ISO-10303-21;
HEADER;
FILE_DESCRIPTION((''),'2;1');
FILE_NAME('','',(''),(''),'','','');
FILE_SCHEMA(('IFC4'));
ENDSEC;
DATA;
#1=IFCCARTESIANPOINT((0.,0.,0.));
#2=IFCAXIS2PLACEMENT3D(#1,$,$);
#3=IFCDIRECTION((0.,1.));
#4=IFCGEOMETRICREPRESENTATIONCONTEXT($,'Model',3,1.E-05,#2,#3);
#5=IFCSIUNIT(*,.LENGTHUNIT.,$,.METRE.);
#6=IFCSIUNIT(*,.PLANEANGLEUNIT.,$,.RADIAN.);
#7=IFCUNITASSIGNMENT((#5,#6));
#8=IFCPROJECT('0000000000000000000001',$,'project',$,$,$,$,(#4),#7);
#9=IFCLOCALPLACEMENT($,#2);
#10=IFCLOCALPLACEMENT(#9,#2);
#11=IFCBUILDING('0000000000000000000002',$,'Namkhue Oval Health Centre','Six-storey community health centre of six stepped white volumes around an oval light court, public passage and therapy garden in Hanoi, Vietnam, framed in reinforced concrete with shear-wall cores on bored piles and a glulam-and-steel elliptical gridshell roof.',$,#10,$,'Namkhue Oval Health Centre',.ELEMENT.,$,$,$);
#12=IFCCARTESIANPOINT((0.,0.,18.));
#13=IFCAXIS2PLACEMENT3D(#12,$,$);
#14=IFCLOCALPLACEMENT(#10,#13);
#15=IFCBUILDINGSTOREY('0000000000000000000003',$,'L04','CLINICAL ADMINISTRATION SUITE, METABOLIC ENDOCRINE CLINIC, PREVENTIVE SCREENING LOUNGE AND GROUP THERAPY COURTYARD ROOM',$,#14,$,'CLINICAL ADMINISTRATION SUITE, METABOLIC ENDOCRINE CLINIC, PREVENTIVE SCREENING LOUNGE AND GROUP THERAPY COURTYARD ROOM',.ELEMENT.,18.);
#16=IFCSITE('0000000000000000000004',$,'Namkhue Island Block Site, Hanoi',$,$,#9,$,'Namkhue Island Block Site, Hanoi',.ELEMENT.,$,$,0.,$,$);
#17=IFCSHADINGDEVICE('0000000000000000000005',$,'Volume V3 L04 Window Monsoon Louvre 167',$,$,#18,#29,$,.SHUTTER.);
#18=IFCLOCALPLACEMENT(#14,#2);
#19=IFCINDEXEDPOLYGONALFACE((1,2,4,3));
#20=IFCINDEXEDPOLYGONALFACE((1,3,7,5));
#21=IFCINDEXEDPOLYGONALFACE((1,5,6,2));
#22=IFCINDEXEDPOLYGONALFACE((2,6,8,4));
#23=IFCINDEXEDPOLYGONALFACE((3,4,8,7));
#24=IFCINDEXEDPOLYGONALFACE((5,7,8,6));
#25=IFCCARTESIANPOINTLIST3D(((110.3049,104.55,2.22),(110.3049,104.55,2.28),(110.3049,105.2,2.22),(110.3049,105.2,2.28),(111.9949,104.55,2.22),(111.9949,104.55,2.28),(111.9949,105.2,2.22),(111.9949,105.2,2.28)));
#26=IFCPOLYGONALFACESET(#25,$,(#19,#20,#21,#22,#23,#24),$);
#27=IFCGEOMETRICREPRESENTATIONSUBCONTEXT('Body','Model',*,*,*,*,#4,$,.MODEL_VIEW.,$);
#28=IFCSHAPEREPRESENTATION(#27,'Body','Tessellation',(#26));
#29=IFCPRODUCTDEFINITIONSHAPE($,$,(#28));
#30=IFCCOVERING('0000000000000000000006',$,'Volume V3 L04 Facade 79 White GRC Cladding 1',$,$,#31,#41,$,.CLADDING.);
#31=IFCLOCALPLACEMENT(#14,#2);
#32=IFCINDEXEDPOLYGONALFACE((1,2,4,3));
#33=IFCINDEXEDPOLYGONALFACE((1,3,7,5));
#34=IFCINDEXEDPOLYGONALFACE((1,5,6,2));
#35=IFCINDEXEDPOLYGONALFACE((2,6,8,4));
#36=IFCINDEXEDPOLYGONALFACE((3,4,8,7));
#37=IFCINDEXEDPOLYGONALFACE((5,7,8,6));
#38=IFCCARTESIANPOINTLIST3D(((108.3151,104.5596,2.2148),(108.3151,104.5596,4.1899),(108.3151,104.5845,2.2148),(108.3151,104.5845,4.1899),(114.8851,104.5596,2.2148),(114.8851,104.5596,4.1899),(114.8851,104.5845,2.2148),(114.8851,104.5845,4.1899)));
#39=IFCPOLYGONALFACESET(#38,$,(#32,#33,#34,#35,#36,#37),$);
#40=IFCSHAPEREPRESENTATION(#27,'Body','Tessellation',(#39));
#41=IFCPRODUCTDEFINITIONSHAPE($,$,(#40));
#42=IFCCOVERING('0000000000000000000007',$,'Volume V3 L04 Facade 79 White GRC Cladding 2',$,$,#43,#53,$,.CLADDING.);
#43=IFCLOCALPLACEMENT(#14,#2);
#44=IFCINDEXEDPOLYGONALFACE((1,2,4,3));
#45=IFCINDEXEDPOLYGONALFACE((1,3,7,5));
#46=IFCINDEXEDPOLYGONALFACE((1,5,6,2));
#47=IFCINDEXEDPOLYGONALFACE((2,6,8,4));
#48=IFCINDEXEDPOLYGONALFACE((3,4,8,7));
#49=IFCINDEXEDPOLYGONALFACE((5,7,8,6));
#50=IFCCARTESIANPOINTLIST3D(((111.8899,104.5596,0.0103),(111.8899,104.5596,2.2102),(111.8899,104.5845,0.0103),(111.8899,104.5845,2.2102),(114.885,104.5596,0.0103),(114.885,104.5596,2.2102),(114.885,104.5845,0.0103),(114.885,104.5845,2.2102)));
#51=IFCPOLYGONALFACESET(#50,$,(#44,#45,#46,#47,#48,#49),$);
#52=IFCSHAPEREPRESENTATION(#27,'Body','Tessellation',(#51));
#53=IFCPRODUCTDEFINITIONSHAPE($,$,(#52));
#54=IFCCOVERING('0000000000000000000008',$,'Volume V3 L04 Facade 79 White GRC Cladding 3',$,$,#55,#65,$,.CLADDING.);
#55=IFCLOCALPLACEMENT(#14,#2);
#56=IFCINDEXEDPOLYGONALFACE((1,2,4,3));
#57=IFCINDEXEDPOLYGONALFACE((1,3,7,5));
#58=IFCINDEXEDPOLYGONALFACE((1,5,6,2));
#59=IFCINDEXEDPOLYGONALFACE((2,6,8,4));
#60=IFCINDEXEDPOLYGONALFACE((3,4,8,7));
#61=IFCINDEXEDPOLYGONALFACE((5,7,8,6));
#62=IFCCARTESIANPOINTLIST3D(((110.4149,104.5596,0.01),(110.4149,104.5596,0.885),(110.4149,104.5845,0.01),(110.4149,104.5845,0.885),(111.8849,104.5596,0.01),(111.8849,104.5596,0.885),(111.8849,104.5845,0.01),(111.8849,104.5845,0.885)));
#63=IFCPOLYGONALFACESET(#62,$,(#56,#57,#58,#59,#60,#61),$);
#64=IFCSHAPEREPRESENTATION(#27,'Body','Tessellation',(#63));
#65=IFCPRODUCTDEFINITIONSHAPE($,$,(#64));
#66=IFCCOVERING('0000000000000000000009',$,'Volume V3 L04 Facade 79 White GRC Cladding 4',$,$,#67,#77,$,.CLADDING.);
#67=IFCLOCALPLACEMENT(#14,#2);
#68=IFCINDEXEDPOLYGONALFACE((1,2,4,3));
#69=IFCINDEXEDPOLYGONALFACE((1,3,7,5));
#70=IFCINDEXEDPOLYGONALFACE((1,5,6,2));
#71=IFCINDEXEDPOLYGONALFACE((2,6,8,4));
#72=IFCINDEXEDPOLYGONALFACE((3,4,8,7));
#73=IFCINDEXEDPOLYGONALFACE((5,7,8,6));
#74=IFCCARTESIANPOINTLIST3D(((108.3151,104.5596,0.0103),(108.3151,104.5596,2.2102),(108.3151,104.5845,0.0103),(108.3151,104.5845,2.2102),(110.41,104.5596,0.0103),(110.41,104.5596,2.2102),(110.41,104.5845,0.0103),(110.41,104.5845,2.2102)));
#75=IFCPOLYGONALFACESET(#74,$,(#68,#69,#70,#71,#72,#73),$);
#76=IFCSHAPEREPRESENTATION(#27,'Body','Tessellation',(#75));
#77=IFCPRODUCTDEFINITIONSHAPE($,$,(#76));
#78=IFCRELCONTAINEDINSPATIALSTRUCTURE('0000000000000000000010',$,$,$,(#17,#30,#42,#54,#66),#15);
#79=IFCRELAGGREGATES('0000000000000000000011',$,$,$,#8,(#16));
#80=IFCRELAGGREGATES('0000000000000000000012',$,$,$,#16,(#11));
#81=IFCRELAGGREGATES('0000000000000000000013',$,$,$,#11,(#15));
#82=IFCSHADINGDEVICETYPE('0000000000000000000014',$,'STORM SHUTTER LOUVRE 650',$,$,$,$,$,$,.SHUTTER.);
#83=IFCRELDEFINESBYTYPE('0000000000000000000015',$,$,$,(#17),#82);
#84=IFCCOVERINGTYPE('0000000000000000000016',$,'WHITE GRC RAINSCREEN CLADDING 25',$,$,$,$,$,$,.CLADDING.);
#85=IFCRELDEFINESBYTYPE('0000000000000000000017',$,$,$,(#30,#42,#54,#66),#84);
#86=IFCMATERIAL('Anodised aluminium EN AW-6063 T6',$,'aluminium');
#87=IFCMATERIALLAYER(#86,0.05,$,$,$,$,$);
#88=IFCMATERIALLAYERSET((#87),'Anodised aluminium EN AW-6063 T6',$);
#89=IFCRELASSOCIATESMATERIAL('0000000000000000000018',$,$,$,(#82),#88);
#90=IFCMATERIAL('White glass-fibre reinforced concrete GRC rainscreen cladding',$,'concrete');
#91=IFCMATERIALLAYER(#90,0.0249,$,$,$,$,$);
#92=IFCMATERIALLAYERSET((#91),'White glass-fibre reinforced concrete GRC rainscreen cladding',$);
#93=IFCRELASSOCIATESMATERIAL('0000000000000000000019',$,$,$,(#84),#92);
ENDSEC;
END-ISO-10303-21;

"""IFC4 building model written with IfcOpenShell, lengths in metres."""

from ifc_helpers import new_model, si_unit, direction, frame, origin, origin_2d, place, context, subcontext, project, spatial, rectangle, extrude, material, layer, layer_set, type_object, element, save


model = new_model("IFC4")

# Units and contexts
model_context = context("Model", 3, precision=1e-05, world=origin(), true_north=direction((0.0, 1.0)))
body_context = subcontext(model_context, "Body", "Model", "MODEL_VIEW")
ifc_project = project(units=[si_unit("LENGTHUNIT", "METRE"), si_unit("PLANEANGLEUNIT", "RADIAN")], contexts=[model_context])

# Site, building, storey
site_placement = place(None, origin())
site = spatial("IfcSite", under=ifc_project, at=site_placement, Name="Namkhue Island Block Site, Hanoi", LongName="Namkhue Island Block Site, Hanoi", CompositionType="ELEMENT", RefElevation=0.0)
building_placement = place(site_placement, origin())
building = spatial("IfcBuilding", under=site, at=building_placement, Name="Namkhue Oval Health Centre", Description="Six-storey community health centre of six stepped white volumes around an oval light court, public passage and therapy garden in Hanoi, Vietnam, framed in reinforced concrete with shear-wall cores on bored piles and a glulam-and-steel elliptical gridshell roof.", LongName="Namkhue Oval Health Centre", CompositionType="ELEMENT")
storey_placement = place(building_placement, frame((0.0, 0.0, 18.0)))
storey = spatial("IfcBuildingStorey", under=building, at=storey_placement, Name="L04", Description="CLINICAL ADMINISTRATION SUITE, METABOLIC ENDOCRINE CLINIC, PREVENTIVE SCREENING LOUNGE AND GROUP THERAPY COURTYARD ROOM", LongName="CLINICAL ADMINISTRATION SUITE, METABOLIC ENDOCRINE CLINIC, PREVENTIVE SCREENING LOUNGE AND GROUP THERAPY COURTYARD ROOM", CompositionType="ELEMENT", Elevation=18.0)

# Shared definitions
ifc_material_1 = material(Name="Anodised aluminium EN AW-6063 T6", Category="aluminium")

# Shading device
ifc_layer_1 = layer(ifc_material_1, 0.05)
ifc_layer_set_1 = layer_set([ifc_layer_1], Name="Anodised aluminium EN AW-6063 T6")
shading_device_type = type_object("IfcShadingDeviceType", Name="STORM SHUTTER LOUVRE 650", PredefinedType="SHUTTER", material=ifc_layer_set_1)
shading_device_placement = place(storey_placement, frame((111.1499, 104.875, 2.22), z_axis=(0.0, 0.0, 1.0), x_axis=(-1.0, 0.0, 0.0)))
element("IfcShadingDevice", 1, at=shading_device_placement, inside=storey, type_object=shading_device_type, Name="Volume V3 L04 Window Monsoon Louvre 167", PredefinedType="SHUTTER", context=body_context, shape_type="SweptSolid", body=[
    extrude(rectangle(XDim=1.6899, YDim=0.6499, at=origin_2d()), origin(), (0.0, 0.0, 1.0), 0.0601),
])

# Coverings
ifc_material_2 = material(Name="White glass-fibre reinforced concrete GRC rainscreen cladding", Category="concrete")
ifc_layer_2 = layer(ifc_material_2, 0.0249)
ifc_layer_set_2 = layer_set([ifc_layer_2], Name="White glass-fibre reinforced concrete GRC rainscreen cladding")
covering_type = type_object("IfcCoveringType", Name="WHITE GRC RAINSCREEN CLADDING 25", PredefinedType="CLADDING", material=ifc_layer_set_2)
covering_1_placement = place(storey_placement, frame((111.6001, 104.572, 2.2148), z_axis=(0.0, 0.0, 1.0), x_axis=(-1.0, 0.0, 0.0)))
element("IfcCovering", 2, at=covering_1_placement, inside=storey, type_object=covering_type, Name="Volume V3 L04 Facade 79 White GRC Cladding 1", PredefinedType="CLADDING", context=body_context, shape_type="SweptSolid", body=[
    extrude(rectangle(XDim=6.5701, YDim=0.0249, at=origin_2d()), origin(), (0.0, 0.0, 1.0), 1.9751),
])
covering_2_placement = place(storey_placement, frame((113.3875, 104.572, 0.0103), z_axis=(0.0, 0.0, 1.0), x_axis=(-1.0, 0.0, 0.0)))
element("IfcCovering", 3, at=covering_2_placement, inside=storey, type_object=covering_type, Name="Volume V3 L04 Facade 79 White GRC Cladding 2", PredefinedType="CLADDING", context=body_context, shape_type="SweptSolid", body=[
    extrude(rectangle(XDim=2.9951, YDim=0.0249, at=origin_2d()), origin(), (0.0, 0.0, 1.0), 2.2),
])
covering_3_placement = place(storey_placement, frame((111.1499, 104.572, 0.01), z_axis=(0.0, 0.0, 1.0), x_axis=(-1.0, 0.0, 0.0)))
element("IfcCovering", 4, at=covering_3_placement, inside=storey, type_object=covering_type, Name="Volume V3 L04 Facade 79 White GRC Cladding 3", PredefinedType="CLADDING", context=body_context, shape_type="SweptSolid", body=[
    extrude(rectangle(XDim=1.47, YDim=0.0249, at=origin_2d()), origin(), (0.0, 0.0, 1.0), 0.875),
])
covering_4_placement = place(storey_placement, frame((109.3625, 104.572, 0.0103), z_axis=(0.0, 0.0, 1.0), x_axis=(-1.0, 0.0, 0.0)))
element("IfcCovering", 5, at=covering_4_placement, inside=storey, type_object=covering_type, Name="Volume V3 L04 Facade 79 White GRC Cladding 4", PredefinedType="CLADDING", context=body_context, shape_type="SweptSolid", body=[
    extrude(rectangle(XDim=2.095, YDim=0.0249, at=origin_2d()), origin(), (0.0, 0.0, 1.0), 2.2),
])

save(model, "model.ifc")
